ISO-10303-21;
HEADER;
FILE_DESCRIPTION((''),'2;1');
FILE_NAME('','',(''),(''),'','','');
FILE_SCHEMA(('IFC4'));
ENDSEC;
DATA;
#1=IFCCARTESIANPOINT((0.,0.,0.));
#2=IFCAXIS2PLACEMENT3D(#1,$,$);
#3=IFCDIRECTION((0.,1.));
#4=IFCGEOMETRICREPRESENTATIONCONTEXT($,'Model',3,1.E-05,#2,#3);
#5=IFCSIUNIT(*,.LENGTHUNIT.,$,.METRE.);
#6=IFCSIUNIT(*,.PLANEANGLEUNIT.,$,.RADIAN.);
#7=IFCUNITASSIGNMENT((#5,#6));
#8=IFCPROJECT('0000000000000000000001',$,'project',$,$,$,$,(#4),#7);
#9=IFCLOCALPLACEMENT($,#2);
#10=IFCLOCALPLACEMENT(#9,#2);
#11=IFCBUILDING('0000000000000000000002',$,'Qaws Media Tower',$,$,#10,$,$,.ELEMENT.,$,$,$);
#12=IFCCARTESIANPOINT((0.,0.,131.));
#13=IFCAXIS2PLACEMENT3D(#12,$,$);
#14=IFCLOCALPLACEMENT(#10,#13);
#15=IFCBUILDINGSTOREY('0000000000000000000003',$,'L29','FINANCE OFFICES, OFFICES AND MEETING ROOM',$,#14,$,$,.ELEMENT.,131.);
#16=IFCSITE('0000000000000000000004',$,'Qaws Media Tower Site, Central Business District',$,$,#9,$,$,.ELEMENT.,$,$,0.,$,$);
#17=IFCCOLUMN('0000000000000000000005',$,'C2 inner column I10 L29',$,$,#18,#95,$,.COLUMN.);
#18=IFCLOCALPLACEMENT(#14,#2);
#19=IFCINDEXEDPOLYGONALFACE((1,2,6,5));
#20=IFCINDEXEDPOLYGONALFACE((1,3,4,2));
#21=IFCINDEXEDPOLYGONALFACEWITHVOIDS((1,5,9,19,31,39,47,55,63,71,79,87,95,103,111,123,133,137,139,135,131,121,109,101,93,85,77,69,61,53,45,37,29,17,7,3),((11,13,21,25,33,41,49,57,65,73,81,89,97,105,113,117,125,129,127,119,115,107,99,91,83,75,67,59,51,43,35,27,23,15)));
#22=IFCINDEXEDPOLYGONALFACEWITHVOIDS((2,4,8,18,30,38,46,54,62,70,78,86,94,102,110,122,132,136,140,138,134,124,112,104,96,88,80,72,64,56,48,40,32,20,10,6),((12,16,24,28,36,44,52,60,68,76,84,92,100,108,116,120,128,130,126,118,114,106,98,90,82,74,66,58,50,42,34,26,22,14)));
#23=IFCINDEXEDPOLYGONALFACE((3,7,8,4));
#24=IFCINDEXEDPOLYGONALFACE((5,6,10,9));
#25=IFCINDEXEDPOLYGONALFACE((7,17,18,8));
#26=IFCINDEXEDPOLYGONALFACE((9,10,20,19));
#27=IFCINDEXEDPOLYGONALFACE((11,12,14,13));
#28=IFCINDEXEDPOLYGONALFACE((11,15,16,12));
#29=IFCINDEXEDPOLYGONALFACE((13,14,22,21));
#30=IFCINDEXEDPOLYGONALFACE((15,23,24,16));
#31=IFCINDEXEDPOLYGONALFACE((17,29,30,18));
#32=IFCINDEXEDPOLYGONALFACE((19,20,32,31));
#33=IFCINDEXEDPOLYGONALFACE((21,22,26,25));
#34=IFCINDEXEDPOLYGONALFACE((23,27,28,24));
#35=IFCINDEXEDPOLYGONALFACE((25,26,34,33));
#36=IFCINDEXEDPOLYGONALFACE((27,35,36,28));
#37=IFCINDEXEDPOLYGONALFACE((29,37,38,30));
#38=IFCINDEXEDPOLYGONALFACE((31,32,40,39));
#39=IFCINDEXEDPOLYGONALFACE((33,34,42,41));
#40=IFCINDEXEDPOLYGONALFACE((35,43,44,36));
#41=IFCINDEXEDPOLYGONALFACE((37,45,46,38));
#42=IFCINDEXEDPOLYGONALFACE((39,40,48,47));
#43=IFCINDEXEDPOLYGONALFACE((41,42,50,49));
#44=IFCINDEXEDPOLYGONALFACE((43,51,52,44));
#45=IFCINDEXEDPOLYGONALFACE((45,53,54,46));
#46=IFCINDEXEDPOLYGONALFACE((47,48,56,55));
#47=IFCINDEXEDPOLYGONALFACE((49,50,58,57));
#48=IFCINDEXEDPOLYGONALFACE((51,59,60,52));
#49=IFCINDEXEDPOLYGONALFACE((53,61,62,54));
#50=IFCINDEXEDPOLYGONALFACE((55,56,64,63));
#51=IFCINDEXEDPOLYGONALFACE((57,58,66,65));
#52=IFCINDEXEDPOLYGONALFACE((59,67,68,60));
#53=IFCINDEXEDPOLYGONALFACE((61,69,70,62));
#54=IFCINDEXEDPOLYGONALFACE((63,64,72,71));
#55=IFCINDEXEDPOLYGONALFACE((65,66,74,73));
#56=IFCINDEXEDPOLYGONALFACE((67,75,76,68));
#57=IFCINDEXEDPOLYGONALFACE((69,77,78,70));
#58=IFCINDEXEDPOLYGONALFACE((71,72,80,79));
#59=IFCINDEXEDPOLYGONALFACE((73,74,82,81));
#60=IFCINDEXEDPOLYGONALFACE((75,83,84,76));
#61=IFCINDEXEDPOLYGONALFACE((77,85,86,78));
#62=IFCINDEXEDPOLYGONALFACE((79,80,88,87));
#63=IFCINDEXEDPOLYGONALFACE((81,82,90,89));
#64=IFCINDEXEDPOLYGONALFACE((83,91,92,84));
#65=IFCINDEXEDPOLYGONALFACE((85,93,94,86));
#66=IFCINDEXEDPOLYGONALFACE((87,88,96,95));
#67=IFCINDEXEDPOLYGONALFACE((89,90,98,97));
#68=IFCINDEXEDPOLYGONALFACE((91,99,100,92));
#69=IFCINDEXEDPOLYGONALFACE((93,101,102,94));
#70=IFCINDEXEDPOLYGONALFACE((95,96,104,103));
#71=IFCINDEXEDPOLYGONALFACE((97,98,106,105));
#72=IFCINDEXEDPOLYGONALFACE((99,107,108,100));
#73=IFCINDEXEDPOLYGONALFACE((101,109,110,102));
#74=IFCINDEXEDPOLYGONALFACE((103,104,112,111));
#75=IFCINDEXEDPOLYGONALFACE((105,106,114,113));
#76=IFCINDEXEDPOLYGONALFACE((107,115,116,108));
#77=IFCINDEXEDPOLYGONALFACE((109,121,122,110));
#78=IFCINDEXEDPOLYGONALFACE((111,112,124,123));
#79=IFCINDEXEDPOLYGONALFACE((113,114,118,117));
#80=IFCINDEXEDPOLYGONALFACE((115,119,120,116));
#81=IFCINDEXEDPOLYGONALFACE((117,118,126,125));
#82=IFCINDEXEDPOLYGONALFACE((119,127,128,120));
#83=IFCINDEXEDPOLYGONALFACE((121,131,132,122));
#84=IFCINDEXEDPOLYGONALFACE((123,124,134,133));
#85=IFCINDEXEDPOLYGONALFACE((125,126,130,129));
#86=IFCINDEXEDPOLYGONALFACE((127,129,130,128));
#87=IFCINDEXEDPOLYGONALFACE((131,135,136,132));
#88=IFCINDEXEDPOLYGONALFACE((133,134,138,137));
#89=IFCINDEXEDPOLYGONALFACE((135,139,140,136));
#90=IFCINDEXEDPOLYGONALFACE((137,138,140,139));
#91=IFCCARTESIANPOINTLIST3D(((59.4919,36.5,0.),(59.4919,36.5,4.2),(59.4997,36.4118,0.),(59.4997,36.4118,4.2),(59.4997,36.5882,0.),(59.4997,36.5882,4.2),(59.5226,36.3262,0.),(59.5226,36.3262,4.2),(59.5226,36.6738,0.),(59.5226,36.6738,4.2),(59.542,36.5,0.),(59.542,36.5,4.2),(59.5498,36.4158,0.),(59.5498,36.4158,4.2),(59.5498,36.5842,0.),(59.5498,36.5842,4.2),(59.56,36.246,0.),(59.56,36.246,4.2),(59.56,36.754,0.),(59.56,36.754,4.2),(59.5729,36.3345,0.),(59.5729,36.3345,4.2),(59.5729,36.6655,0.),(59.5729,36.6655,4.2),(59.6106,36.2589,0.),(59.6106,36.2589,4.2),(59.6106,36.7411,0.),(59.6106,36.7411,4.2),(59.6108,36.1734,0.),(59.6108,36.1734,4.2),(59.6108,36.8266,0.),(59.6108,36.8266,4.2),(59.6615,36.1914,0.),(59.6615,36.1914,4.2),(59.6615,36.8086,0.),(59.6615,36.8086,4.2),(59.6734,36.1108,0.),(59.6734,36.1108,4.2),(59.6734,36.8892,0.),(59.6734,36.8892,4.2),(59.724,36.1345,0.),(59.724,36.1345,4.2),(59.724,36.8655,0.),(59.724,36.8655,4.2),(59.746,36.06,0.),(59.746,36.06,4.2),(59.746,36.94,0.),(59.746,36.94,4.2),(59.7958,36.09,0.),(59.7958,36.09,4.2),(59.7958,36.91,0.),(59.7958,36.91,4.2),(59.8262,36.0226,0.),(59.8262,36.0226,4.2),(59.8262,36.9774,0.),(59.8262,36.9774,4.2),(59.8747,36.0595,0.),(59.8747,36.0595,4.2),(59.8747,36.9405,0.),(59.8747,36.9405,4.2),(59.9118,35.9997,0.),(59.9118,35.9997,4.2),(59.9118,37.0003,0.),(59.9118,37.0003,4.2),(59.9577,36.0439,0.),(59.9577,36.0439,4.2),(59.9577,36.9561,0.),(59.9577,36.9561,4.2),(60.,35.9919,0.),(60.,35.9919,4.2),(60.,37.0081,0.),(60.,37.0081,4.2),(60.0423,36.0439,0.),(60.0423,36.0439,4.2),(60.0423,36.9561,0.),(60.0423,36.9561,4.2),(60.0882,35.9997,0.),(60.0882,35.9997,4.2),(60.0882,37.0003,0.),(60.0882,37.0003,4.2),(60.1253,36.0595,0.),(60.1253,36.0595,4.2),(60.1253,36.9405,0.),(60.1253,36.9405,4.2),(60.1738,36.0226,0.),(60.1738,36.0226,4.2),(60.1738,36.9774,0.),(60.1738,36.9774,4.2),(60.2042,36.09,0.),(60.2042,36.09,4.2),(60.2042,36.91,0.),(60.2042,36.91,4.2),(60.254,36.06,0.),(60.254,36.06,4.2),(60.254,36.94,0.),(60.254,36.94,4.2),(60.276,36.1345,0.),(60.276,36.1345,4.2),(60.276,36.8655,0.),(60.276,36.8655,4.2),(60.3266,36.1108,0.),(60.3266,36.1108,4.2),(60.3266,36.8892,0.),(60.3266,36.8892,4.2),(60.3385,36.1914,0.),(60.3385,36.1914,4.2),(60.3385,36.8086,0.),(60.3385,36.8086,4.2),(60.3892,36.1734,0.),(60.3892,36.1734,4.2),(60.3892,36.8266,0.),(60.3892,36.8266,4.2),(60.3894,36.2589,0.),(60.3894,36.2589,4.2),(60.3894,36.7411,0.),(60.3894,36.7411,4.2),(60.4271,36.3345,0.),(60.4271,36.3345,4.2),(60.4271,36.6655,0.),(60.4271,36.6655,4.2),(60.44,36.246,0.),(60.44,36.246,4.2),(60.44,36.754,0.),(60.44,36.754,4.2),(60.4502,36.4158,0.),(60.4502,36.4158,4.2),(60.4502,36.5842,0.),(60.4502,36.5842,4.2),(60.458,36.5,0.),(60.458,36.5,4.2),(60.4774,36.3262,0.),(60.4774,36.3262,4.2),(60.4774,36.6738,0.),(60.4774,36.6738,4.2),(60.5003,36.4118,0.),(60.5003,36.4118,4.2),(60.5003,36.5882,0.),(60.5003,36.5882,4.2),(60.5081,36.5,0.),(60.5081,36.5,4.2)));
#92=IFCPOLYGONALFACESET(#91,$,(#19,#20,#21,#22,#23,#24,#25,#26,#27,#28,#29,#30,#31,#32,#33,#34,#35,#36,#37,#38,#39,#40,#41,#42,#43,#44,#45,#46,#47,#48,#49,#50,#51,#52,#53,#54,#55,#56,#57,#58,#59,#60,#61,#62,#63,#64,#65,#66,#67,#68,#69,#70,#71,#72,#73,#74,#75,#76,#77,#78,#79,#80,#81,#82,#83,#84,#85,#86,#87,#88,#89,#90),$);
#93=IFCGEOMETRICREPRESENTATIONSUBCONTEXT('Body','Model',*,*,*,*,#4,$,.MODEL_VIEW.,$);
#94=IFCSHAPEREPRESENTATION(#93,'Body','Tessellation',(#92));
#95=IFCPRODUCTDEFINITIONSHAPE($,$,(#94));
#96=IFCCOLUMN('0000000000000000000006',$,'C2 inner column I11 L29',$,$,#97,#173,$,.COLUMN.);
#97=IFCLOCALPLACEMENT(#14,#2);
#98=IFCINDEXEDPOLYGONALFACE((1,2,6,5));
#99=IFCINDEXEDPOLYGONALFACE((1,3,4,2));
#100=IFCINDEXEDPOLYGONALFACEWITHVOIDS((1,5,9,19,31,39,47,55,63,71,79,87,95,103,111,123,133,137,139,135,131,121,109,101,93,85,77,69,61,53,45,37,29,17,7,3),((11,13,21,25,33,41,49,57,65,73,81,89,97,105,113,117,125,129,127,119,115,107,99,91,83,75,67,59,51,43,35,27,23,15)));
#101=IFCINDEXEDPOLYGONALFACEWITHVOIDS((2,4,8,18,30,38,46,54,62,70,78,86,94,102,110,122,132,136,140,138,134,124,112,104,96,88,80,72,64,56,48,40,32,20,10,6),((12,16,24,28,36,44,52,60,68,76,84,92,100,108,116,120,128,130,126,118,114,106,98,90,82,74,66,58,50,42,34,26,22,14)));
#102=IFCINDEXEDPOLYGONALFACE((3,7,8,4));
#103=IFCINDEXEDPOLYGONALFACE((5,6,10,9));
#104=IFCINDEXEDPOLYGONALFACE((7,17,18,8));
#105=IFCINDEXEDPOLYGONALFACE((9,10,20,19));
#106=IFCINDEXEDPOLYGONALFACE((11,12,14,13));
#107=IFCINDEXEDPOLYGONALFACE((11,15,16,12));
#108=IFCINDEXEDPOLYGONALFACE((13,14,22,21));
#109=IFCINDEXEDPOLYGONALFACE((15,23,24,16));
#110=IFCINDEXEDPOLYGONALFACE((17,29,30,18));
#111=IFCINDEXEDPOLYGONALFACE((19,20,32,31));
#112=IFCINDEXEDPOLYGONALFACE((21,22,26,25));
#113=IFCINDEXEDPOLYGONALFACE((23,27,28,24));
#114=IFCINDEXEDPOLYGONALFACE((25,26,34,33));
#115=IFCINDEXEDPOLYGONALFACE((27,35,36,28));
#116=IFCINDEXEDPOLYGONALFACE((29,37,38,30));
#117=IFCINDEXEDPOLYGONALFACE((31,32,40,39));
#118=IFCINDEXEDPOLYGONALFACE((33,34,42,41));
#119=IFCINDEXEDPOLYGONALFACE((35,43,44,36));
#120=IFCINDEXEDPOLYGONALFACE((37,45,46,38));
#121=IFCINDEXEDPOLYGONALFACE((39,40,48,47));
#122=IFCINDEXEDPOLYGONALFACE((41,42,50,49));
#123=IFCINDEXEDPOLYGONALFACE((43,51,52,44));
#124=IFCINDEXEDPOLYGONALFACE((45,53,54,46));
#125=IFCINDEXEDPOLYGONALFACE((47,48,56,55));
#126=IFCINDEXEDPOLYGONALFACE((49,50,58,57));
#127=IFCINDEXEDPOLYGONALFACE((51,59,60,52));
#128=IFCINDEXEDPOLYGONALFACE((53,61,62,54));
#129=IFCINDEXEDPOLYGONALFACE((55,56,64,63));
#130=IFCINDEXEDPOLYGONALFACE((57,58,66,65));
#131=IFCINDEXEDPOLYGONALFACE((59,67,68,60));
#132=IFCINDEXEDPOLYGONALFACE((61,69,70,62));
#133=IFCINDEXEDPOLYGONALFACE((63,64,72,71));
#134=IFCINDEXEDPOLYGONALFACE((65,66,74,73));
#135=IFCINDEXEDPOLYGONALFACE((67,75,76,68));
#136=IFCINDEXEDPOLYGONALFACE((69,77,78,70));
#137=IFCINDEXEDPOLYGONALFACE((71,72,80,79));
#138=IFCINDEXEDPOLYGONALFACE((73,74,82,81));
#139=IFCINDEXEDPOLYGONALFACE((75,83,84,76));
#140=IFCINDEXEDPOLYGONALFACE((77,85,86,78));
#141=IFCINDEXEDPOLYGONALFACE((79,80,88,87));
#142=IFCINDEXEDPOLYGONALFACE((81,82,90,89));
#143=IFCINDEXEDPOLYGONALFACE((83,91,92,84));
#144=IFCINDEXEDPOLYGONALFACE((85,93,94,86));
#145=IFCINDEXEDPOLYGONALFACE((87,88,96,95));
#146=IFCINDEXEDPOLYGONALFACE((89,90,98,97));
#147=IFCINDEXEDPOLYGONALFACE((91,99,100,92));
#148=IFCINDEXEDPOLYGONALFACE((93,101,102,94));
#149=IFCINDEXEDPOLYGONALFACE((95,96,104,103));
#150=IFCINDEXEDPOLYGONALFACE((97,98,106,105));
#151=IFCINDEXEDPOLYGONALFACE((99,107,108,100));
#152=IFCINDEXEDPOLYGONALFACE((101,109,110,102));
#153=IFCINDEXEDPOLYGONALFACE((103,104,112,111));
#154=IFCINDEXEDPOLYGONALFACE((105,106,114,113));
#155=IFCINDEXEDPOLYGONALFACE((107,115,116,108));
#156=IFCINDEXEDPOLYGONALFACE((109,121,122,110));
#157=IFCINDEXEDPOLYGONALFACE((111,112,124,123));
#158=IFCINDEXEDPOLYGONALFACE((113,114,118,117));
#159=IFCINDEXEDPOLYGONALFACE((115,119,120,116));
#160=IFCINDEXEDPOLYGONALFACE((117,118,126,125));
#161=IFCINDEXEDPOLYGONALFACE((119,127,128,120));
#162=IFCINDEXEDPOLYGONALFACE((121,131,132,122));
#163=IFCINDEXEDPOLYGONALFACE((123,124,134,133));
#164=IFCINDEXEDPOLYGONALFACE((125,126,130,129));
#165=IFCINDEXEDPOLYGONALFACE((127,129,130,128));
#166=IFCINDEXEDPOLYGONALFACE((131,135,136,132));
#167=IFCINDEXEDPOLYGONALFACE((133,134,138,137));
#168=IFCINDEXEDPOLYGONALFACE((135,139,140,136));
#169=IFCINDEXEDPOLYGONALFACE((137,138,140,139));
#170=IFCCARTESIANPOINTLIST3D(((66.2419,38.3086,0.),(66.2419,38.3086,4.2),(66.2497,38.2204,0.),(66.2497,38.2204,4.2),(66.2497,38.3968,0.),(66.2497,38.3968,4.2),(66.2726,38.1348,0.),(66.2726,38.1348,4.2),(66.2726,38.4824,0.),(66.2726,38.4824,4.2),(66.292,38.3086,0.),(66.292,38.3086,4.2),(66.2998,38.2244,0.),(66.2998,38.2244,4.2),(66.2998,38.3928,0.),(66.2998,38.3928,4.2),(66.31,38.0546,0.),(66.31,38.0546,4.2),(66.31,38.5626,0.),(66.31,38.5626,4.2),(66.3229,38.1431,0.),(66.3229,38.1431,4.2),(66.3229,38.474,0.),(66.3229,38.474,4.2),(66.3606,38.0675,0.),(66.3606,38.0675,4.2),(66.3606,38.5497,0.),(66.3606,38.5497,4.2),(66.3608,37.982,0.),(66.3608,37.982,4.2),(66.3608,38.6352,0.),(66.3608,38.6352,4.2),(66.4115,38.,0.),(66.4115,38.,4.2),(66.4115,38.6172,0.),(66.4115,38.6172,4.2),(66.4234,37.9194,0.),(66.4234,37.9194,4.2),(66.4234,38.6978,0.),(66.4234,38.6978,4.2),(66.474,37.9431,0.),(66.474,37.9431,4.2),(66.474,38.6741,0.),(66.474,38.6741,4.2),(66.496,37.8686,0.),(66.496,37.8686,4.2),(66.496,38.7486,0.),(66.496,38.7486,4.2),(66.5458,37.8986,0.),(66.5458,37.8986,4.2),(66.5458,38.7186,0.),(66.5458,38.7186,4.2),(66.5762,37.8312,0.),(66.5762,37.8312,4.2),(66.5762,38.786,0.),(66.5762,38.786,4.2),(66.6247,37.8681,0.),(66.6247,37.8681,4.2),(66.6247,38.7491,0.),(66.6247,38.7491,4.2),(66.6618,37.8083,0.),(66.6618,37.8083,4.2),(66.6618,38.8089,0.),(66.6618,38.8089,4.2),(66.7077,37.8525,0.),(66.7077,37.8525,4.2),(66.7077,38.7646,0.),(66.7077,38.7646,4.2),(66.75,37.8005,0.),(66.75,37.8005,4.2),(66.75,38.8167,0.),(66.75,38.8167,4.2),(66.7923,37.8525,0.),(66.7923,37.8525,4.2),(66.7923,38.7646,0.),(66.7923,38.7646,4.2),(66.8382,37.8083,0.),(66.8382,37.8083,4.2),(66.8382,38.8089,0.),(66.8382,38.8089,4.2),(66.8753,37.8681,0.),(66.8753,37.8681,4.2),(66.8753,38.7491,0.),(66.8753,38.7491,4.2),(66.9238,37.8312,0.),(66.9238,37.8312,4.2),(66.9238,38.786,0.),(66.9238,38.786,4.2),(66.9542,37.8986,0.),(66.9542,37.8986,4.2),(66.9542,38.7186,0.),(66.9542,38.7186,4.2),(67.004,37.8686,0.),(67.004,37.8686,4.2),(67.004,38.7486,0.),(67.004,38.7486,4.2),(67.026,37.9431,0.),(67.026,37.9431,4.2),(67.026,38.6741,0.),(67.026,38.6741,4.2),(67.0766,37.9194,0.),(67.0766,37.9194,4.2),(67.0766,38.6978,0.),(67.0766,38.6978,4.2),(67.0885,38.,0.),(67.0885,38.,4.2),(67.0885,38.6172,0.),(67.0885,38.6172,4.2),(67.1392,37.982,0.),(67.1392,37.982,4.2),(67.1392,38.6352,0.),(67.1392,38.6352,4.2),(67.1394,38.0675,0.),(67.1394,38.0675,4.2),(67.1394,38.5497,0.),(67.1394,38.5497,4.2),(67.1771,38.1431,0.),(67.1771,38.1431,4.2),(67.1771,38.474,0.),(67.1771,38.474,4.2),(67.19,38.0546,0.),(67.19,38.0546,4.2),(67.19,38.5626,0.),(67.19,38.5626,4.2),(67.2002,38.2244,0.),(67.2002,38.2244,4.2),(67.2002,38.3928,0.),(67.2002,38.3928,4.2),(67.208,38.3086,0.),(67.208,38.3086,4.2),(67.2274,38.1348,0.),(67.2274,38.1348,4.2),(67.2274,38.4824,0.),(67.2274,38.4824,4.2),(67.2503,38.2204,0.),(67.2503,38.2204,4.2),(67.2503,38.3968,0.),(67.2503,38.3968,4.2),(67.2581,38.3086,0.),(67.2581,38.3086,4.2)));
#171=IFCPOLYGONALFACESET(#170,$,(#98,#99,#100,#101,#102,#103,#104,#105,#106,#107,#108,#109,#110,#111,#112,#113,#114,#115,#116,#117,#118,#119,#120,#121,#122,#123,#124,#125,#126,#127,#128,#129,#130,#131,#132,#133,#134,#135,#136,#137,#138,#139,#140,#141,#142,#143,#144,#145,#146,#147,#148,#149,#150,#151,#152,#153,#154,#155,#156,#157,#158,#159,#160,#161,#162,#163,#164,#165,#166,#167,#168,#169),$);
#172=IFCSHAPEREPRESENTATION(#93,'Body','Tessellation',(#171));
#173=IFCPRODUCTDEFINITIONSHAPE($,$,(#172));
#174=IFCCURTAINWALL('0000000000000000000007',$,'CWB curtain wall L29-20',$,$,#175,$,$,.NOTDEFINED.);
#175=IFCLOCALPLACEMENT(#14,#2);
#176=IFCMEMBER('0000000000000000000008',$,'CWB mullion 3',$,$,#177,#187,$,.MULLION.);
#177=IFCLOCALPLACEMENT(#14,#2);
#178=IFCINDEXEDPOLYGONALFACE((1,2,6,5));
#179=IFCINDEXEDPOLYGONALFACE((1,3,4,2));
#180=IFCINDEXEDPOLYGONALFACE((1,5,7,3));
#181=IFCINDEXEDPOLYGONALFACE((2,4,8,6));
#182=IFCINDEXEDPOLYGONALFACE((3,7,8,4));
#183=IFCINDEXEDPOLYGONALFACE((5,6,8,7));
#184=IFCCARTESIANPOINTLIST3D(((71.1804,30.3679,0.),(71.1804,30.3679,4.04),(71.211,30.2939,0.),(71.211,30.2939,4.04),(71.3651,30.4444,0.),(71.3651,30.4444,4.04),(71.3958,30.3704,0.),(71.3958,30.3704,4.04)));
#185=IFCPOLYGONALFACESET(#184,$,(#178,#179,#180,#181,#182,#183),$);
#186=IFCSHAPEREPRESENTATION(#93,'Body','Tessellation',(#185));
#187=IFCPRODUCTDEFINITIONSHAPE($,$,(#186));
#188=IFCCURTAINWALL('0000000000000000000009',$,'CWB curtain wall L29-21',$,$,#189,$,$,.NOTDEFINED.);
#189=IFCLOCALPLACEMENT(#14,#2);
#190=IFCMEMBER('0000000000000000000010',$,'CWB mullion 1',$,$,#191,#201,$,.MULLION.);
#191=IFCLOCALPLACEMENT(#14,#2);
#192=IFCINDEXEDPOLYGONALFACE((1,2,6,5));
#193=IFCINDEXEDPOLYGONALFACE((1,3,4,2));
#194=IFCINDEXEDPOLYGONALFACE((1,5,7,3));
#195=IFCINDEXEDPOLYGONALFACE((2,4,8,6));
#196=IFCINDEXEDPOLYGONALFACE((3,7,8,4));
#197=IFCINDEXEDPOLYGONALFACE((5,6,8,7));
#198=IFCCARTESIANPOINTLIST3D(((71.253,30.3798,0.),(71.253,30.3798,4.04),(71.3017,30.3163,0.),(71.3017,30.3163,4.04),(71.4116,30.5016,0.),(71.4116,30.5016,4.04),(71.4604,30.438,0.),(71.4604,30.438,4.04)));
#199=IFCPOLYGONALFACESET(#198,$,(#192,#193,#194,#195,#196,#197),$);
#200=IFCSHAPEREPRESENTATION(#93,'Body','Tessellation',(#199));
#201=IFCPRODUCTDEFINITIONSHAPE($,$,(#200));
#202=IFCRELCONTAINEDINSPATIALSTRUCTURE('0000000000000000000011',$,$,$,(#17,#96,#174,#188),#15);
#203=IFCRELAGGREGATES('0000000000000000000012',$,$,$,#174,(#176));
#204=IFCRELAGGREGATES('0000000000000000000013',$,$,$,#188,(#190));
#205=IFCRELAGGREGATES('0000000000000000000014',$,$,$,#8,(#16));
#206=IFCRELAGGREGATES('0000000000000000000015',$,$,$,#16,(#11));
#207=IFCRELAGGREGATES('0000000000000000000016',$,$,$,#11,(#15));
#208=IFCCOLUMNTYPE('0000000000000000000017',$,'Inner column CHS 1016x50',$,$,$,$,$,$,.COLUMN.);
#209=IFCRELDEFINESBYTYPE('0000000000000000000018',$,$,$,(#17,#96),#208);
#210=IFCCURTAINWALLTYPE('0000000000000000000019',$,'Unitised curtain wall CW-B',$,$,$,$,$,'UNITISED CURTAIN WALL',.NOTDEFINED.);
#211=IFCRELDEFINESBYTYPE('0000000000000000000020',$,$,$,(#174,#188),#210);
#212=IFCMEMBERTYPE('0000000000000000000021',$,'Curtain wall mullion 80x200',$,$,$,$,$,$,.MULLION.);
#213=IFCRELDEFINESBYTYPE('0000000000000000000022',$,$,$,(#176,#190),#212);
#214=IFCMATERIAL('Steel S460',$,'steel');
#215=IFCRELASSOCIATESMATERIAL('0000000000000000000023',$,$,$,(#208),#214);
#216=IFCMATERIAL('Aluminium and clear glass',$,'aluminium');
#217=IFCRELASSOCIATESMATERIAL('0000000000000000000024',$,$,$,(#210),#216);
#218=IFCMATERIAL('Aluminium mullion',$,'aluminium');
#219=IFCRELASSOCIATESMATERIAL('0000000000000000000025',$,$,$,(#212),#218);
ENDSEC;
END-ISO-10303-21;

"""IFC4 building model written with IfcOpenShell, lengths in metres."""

from ifc_helpers import new_model, si_unit, direction, frame, origin, origin_2d, place, context, subcontext, project, spatial, rectangle, hollow_circle, extrude, material, material_profile, profile_set, type_object, element, aggregate, save


model = new_model("IFC4")

# Units and contexts
model_context = context("Model", 3, precision=1e-05, world=origin(), true_north=direction((0.0, 1.0)))
body_context = subcontext(model_context, "Body", "Model", "MODEL_VIEW")
ifc_project = project(units=[si_unit("LENGTHUNIT", "METRE"), si_unit("PLANEANGLEUNIT", "RADIAN")], contexts=[model_context])

# Site, building, storey
site_placement = place(None, origin())
site = spatial("IfcSite", under=ifc_project, at=site_placement, Name="Qaws Media Tower Site, Central Business District", CompositionType="ELEMENT", RefElevation=0.0)
building_placement = place(site_placement, origin())
building = spatial("IfcBuilding", under=site, at=building_placement, Name="Qaws Media Tower", CompositionType="ELEMENT")
storey_placement = place(building_placement, frame((0.0, 0.0, 131.0)))
storey = spatial("IfcBuildingStorey", under=building, at=storey_placement, Name="L29", Description="FINANCE OFFICES, OFFICES AND MEETING ROOM", CompositionType="ELEMENT", Elevation=131.0)

# Columns
ifc_material_1 = material(Name="Steel S460", Category="steel")
ifc_material_profile_1 = material_profile(ifc_material_1, hollow_circle(Radius=0.5081, WallThickness=0.05, at=origin_2d()), Name="CHS 1016x50")
ifc_profile_set_1 = profile_set([ifc_material_profile_1], Name="Steel S460")
column_type = type_object("IfcColumnType", Name="Inner column CHS 1016x50", PredefinedType="COLUMN", material=ifc_profile_set_1)
for number, where, z_axis, x_axis, name in (
    (1, (60.0, 36.5, 0.0), (0.0, 0.0, 1.0), (1.0, 0.0, 0.0), "C2 inner column I10 L29"),
    (2, (66.75, 38.3086, 0.0), (0.0, 0.0, 1.0), (1.0, 0.0, 0.0), "C2 inner column I11 L29"),
):
    element("IfcColumn", number, at=place(storey_placement, frame(where, z_axis=z_axis, x_axis=x_axis)), inside=storey, type_object=column_type, Name=name, PredefinedType="COLUMN", context=body_context, shape_type="SweptSolid", body=[
        extrude(hollow_circle(Radius=0.5081, WallThickness=0.05, at=origin_2d()), origin(), (0.0, 0.0, 1.0), 4.2),
    ])

# Curtain walls, members
ifc_material_2 = material(Name="Aluminium and clear glass", Category="aluminium")
curtain_wall_type = type_object("IfcCurtainWallType", Name="Unitised curtain wall CW-B", ElementType="UNITISED CURTAIN WALL", PredefinedType="NOTDEFINED", material=ifc_material_2)
curtain_wall_1_placement = place(storey_placement, origin())
curtain_wall_1 = element("IfcCurtainWall", 3, at=curtain_wall_1_placement, inside=storey, type_object=curtain_wall_type, Name="CWB curtain wall L29-20", PredefinedType="NOTDEFINED")
ifc_material_3 = material(Name="Aluminium mullion", Category="aluminium")
ifc_material_profile_2 = material_profile(ifc_material_3, rectangle(XDim=0.0801, YDim=0.2, at=origin_2d()), Name="80x200")
ifc_profile_set_2 = profile_set([ifc_material_profile_2], Name="Aluminium mullion")
member_type = type_object("IfcMemberType", Name="Curtain wall mullion 80x200", PredefinedType="MULLION", material=ifc_profile_set_2)
member_1_placement = place(storey_placement, frame((71.2881, 30.3691, 0.0), z_axis=(0.0, 0.0, 1.0), x_axis=(-0.382683, 0.92388, 0.0)))
member_1 = element("IfcMember", 4, at=member_1_placement, type_object=member_type, Name="CWB mullion 3", PredefinedType="MULLION", context=body_context, shape_type="SweptSolid", body=[
    extrude(rectangle(XDim=0.0801, YDim=0.2, at=origin_2d()), origin(), (0.0, 0.0, 1.0), 4.04),
])
aggregate(curtain_wall_1, [member_1])
curtain_wall_2_placement = place(storey_placement, origin())
curtain_wall_2 = element("IfcCurtainWall", 5, at=curtain_wall_2_placement, inside=storey, type_object=curtain_wall_type, Name="CWB curtain wall L29-21", PredefinedType="NOTDEFINED")
member_2_placement = place(storey_placement, frame((71.3567, 30.4089, 0.0), z_axis=(0.0, 0.0, 1.0), x_axis=(-0.608761, 0.793353, 0.0)))
member_2 = element("IfcMember", 6, at=member_2_placement, type_object=member_type, Name="CWB mullion 1", PredefinedType="MULLION", context=body_context, shape_type="SweptSolid", body=[
    extrude(rectangle(XDim=0.0801, YDim=0.2, at=origin_2d()), origin(), (0.0, 0.0, 1.0), 4.04),
])
aggregate(curtain_wall_2, [member_2])

save(model, "model.ifc")
